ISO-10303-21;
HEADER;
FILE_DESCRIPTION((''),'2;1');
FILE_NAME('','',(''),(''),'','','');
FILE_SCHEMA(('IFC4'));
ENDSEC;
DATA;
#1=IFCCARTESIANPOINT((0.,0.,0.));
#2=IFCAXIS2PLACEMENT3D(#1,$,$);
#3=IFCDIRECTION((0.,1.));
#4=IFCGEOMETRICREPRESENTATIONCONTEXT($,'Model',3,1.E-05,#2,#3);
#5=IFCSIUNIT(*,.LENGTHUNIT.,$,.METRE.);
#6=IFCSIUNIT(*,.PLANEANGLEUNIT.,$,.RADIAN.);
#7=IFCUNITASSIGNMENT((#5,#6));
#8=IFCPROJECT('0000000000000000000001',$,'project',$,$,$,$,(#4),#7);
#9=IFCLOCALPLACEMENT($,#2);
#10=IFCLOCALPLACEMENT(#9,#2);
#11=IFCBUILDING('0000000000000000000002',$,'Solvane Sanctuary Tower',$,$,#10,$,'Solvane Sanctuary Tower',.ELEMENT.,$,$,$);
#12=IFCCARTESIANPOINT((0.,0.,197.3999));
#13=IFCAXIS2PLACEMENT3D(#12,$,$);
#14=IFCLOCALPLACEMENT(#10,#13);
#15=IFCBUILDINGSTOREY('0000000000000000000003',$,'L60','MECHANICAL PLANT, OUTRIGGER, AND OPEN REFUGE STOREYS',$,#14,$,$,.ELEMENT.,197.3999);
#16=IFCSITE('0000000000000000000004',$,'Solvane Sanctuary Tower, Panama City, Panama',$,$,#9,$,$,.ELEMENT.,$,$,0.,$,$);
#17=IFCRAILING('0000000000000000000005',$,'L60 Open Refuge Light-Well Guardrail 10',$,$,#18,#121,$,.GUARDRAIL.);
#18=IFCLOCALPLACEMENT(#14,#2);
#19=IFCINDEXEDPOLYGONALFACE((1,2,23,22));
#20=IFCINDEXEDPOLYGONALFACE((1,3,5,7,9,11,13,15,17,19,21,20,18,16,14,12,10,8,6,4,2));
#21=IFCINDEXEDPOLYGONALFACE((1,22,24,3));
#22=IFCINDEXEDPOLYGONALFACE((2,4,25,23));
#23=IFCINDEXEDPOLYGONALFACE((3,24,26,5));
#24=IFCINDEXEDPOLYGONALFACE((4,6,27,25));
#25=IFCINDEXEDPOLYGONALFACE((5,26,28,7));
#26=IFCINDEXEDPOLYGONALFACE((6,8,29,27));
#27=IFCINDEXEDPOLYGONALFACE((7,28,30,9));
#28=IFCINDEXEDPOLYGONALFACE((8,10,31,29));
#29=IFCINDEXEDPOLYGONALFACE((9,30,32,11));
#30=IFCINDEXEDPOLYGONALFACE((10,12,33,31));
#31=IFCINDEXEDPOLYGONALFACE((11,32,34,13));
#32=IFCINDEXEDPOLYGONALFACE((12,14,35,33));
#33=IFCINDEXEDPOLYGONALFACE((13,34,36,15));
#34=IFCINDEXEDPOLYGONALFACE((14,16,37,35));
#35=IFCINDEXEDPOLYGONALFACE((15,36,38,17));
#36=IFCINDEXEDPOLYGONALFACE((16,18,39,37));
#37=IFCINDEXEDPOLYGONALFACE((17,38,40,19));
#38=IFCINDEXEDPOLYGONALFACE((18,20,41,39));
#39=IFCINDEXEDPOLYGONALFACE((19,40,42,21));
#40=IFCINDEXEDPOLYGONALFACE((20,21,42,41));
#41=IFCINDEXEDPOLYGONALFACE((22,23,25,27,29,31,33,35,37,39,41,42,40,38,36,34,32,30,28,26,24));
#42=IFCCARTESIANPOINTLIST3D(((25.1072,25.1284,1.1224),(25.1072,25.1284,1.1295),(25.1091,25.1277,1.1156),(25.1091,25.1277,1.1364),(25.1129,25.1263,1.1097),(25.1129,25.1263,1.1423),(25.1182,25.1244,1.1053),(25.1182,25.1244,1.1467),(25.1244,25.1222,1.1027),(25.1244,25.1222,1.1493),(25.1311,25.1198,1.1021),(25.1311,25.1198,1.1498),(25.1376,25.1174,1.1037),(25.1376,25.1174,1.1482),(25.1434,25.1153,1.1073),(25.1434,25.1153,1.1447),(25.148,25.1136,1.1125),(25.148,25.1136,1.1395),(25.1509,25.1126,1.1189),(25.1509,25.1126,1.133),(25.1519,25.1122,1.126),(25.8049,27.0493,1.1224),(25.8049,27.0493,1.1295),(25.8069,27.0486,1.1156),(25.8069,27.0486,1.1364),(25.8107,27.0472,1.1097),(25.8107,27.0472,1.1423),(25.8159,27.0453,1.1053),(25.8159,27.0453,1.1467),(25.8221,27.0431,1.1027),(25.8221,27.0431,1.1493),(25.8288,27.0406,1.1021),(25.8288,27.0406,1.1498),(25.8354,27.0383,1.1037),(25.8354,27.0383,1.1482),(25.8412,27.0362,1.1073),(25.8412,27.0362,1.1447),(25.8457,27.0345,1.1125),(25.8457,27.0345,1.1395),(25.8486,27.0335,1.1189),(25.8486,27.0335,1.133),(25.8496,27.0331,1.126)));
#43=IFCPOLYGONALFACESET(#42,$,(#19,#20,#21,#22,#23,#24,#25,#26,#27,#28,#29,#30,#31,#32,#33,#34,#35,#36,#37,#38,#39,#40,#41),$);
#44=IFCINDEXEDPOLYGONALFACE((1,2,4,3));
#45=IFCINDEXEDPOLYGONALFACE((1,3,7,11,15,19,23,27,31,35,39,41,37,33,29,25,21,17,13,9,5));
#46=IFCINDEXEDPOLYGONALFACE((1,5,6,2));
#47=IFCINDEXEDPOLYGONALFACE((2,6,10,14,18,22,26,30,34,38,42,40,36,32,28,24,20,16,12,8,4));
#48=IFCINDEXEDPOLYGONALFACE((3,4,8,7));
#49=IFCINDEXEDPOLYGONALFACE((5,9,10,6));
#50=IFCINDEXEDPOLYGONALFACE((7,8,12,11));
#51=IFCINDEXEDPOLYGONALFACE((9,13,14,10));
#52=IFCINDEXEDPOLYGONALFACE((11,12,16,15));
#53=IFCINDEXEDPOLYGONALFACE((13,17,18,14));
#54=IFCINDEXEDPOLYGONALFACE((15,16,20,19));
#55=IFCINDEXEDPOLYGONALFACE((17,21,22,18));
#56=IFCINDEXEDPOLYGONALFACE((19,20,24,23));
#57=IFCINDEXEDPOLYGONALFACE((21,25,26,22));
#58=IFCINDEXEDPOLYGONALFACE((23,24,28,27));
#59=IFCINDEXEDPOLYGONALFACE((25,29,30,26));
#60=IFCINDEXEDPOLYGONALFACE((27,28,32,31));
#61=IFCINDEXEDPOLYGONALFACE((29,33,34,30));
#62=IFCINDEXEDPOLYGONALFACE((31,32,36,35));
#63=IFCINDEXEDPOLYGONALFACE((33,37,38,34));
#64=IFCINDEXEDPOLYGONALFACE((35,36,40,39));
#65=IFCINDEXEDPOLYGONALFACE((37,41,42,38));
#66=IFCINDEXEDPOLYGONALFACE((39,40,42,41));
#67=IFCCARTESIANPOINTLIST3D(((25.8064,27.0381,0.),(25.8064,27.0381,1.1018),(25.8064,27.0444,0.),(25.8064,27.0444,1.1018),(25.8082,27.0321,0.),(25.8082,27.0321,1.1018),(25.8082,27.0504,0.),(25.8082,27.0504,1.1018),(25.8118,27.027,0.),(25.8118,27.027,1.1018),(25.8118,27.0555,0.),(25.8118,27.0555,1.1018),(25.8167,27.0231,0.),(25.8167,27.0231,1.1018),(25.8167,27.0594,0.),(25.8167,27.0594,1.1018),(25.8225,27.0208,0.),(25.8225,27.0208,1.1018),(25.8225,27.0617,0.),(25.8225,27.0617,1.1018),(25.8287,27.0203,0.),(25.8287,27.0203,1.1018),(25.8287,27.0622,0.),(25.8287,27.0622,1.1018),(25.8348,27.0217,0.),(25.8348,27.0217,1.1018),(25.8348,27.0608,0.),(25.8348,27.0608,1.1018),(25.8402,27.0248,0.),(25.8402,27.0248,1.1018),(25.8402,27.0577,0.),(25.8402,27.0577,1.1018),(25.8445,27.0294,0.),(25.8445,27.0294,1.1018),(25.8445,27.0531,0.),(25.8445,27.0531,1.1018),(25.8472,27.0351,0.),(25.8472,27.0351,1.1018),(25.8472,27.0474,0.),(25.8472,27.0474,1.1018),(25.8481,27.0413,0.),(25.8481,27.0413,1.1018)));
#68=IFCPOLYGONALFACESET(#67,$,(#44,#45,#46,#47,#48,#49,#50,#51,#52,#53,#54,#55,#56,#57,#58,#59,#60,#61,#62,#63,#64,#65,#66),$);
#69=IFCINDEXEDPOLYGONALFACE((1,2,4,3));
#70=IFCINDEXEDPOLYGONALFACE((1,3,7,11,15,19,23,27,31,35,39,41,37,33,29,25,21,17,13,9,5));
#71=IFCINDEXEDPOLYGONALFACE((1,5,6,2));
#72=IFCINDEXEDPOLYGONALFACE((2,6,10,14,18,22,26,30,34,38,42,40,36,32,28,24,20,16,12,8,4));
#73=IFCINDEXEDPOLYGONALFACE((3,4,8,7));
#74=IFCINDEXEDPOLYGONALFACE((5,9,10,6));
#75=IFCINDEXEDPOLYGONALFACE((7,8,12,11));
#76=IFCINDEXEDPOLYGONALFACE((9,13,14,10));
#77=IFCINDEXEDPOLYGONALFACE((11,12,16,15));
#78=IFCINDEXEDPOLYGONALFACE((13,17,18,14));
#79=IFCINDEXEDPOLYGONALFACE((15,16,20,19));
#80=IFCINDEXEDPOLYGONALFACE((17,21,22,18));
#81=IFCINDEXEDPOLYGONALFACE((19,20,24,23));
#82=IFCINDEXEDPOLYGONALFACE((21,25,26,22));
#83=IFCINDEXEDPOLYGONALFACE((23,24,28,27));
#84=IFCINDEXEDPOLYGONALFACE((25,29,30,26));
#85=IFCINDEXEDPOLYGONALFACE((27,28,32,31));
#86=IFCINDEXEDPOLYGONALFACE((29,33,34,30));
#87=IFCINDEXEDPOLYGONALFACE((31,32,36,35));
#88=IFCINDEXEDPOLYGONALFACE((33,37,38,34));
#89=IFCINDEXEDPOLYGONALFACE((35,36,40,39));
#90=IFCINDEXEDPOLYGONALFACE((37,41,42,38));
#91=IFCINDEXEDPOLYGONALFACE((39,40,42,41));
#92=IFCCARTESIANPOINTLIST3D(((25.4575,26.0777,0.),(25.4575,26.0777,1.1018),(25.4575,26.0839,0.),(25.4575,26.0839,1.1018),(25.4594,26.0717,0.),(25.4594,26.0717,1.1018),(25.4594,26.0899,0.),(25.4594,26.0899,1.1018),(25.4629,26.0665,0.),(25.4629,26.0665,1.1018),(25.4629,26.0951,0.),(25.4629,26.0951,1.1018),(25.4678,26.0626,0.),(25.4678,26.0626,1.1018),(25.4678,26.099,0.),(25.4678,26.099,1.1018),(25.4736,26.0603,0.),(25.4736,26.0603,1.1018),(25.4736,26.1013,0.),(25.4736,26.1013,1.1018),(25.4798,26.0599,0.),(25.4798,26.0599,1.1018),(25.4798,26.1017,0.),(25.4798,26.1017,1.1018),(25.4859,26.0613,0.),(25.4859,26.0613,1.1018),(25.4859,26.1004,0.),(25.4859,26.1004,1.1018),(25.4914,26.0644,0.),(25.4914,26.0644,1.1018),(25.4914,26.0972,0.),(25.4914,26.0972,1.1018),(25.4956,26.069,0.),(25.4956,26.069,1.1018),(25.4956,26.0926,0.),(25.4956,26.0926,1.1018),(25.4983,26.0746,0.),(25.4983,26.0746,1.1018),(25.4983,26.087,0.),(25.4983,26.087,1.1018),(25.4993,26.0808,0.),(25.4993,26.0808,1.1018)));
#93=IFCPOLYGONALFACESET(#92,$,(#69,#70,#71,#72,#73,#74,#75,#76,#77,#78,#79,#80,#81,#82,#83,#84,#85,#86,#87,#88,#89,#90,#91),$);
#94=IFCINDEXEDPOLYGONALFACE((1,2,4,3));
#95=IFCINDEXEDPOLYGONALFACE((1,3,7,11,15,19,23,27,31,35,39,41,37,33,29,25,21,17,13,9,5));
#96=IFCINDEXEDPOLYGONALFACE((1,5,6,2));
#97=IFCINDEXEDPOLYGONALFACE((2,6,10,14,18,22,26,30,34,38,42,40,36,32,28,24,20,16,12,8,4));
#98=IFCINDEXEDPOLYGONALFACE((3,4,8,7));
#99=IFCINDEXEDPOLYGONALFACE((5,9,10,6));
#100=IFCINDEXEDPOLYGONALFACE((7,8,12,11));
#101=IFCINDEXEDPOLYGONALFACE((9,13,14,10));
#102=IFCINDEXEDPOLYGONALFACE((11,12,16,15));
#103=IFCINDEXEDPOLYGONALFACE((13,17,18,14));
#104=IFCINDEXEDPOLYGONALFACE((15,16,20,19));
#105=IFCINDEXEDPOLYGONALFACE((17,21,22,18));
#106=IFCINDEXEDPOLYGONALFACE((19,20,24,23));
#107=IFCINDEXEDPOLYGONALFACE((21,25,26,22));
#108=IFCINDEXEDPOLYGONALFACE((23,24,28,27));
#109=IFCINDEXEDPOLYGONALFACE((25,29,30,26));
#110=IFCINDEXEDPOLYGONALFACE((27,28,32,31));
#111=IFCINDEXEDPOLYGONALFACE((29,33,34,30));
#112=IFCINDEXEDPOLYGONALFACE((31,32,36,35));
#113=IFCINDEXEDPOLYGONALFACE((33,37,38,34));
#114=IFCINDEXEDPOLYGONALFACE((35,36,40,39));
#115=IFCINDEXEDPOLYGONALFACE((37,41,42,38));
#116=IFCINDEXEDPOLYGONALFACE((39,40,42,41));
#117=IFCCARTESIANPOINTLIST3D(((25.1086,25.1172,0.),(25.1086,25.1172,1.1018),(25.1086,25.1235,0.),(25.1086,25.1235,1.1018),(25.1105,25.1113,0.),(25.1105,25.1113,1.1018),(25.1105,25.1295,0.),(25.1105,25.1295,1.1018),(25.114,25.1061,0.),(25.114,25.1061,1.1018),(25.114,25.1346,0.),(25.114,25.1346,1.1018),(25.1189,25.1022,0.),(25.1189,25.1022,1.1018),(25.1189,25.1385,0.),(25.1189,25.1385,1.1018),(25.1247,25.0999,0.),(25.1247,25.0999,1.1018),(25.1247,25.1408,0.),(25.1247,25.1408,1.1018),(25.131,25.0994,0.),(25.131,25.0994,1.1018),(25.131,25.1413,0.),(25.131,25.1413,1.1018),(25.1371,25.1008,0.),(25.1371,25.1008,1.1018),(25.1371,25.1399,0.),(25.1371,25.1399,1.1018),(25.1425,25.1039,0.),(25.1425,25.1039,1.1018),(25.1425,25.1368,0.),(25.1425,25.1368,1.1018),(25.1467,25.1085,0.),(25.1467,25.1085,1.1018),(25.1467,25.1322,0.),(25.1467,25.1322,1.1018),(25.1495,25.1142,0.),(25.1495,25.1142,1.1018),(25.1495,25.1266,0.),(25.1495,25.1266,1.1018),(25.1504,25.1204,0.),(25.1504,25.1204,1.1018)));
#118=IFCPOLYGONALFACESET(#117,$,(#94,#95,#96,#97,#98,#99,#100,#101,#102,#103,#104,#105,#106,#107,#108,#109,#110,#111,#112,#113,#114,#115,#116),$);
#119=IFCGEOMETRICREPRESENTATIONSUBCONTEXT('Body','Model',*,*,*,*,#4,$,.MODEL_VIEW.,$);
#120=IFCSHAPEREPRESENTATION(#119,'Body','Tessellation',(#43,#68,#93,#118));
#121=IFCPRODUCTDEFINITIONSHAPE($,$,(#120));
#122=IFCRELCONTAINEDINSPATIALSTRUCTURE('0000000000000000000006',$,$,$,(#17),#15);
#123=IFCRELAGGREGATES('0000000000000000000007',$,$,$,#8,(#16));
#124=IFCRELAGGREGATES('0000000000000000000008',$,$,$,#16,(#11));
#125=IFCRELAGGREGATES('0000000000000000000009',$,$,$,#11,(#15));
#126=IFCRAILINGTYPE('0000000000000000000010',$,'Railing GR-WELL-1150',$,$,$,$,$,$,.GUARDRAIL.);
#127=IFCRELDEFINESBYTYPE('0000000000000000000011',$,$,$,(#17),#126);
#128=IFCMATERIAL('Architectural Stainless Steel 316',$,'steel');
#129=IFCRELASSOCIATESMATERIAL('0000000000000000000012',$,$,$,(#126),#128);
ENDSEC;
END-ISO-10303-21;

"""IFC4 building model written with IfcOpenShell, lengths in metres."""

from ifc_helpers import new_model, si_unit, direction, frame, origin, origin_2d, place, context, subcontext, project, spatial, circle, extrude, material, type_object, element, save


model = new_model("IFC4")

# Units and contexts
model_context = context("Model", 3, precision=1e-05, world=origin(), true_north=direction((0.0, 1.0)))
body_context = subcontext(model_context, "Body", "Model", "MODEL_VIEW")
ifc_project = project(units=[si_unit("LENGTHUNIT", "METRE"), si_unit("PLANEANGLEUNIT", "RADIAN")], contexts=[model_context])

# Site, building, storey
site_placement = place(None, origin())
site = spatial("IfcSite", under=ifc_project, at=site_placement, Name="Solvane Sanctuary Tower, Panama City, Panama", CompositionType="ELEMENT", RefElevation=0.0)
building_placement = place(site_placement, origin())
building = spatial("IfcBuilding", under=site, at=building_placement, Name="Solvane Sanctuary Tower", LongName="Solvane Sanctuary Tower", CompositionType="ELEMENT")
storey_placement = place(building_placement, frame((0.0, 0.0, 197.3999)))
storey = spatial("IfcBuildingStorey", under=building, at=storey_placement, Name="L60", Description="MECHANICAL PLANT, OUTRIGGER, AND OPEN REFUGE STOREYS", CompositionType="ELEMENT", Elevation=197.3999)

# Shared definitions
ifc_material_1 = material(Name="Architectural Stainless Steel 316", Category="steel")

# Railing
railing_type = type_object("IfcRailingType", Name="Railing GR-WELL-1150", PredefinedType="GUARDRAIL", material=ifc_material_1)
railing_1_placement = place(storey_placement, frame((25.8271, 27.0413, 0.0)))
element("IfcRailing", 1, at=railing_1_placement, inside=storey, type_object=railing_type, Name="L60 Open Refuge Light-Well Guardrail 10", PredefinedType="GUARDRAIL", context=body_context, shape_type="SweptSolid", body=[
    extrude(circle(Radius=0.0239, at=origin_2d()), frame((0.0, 0.0, 1.126), z_axis=(-0.341417, -0.939912, 0.0), x_axis=(0.939912, -0.341417, 0.0)), (0.0, 0.0, 1.0), 2.0437),
    extrude(circle(Radius=0.021, at=origin_2d()), origin(), (0.0, 0.0, 1.0), 1.1018),
    extrude(circle(Radius=0.021, at=origin_2d()), frame((-0.3489, -0.9604, 0.0)), (0.0, 0.0, 1.0), 1.1018),
    extrude(circle(Radius=0.021, at=origin_2d()), frame((-0.6978, -1.9209, 0.0)), (0.0, 0.0, 1.0), 1.1018),
])

save(model, "model.ifc")
